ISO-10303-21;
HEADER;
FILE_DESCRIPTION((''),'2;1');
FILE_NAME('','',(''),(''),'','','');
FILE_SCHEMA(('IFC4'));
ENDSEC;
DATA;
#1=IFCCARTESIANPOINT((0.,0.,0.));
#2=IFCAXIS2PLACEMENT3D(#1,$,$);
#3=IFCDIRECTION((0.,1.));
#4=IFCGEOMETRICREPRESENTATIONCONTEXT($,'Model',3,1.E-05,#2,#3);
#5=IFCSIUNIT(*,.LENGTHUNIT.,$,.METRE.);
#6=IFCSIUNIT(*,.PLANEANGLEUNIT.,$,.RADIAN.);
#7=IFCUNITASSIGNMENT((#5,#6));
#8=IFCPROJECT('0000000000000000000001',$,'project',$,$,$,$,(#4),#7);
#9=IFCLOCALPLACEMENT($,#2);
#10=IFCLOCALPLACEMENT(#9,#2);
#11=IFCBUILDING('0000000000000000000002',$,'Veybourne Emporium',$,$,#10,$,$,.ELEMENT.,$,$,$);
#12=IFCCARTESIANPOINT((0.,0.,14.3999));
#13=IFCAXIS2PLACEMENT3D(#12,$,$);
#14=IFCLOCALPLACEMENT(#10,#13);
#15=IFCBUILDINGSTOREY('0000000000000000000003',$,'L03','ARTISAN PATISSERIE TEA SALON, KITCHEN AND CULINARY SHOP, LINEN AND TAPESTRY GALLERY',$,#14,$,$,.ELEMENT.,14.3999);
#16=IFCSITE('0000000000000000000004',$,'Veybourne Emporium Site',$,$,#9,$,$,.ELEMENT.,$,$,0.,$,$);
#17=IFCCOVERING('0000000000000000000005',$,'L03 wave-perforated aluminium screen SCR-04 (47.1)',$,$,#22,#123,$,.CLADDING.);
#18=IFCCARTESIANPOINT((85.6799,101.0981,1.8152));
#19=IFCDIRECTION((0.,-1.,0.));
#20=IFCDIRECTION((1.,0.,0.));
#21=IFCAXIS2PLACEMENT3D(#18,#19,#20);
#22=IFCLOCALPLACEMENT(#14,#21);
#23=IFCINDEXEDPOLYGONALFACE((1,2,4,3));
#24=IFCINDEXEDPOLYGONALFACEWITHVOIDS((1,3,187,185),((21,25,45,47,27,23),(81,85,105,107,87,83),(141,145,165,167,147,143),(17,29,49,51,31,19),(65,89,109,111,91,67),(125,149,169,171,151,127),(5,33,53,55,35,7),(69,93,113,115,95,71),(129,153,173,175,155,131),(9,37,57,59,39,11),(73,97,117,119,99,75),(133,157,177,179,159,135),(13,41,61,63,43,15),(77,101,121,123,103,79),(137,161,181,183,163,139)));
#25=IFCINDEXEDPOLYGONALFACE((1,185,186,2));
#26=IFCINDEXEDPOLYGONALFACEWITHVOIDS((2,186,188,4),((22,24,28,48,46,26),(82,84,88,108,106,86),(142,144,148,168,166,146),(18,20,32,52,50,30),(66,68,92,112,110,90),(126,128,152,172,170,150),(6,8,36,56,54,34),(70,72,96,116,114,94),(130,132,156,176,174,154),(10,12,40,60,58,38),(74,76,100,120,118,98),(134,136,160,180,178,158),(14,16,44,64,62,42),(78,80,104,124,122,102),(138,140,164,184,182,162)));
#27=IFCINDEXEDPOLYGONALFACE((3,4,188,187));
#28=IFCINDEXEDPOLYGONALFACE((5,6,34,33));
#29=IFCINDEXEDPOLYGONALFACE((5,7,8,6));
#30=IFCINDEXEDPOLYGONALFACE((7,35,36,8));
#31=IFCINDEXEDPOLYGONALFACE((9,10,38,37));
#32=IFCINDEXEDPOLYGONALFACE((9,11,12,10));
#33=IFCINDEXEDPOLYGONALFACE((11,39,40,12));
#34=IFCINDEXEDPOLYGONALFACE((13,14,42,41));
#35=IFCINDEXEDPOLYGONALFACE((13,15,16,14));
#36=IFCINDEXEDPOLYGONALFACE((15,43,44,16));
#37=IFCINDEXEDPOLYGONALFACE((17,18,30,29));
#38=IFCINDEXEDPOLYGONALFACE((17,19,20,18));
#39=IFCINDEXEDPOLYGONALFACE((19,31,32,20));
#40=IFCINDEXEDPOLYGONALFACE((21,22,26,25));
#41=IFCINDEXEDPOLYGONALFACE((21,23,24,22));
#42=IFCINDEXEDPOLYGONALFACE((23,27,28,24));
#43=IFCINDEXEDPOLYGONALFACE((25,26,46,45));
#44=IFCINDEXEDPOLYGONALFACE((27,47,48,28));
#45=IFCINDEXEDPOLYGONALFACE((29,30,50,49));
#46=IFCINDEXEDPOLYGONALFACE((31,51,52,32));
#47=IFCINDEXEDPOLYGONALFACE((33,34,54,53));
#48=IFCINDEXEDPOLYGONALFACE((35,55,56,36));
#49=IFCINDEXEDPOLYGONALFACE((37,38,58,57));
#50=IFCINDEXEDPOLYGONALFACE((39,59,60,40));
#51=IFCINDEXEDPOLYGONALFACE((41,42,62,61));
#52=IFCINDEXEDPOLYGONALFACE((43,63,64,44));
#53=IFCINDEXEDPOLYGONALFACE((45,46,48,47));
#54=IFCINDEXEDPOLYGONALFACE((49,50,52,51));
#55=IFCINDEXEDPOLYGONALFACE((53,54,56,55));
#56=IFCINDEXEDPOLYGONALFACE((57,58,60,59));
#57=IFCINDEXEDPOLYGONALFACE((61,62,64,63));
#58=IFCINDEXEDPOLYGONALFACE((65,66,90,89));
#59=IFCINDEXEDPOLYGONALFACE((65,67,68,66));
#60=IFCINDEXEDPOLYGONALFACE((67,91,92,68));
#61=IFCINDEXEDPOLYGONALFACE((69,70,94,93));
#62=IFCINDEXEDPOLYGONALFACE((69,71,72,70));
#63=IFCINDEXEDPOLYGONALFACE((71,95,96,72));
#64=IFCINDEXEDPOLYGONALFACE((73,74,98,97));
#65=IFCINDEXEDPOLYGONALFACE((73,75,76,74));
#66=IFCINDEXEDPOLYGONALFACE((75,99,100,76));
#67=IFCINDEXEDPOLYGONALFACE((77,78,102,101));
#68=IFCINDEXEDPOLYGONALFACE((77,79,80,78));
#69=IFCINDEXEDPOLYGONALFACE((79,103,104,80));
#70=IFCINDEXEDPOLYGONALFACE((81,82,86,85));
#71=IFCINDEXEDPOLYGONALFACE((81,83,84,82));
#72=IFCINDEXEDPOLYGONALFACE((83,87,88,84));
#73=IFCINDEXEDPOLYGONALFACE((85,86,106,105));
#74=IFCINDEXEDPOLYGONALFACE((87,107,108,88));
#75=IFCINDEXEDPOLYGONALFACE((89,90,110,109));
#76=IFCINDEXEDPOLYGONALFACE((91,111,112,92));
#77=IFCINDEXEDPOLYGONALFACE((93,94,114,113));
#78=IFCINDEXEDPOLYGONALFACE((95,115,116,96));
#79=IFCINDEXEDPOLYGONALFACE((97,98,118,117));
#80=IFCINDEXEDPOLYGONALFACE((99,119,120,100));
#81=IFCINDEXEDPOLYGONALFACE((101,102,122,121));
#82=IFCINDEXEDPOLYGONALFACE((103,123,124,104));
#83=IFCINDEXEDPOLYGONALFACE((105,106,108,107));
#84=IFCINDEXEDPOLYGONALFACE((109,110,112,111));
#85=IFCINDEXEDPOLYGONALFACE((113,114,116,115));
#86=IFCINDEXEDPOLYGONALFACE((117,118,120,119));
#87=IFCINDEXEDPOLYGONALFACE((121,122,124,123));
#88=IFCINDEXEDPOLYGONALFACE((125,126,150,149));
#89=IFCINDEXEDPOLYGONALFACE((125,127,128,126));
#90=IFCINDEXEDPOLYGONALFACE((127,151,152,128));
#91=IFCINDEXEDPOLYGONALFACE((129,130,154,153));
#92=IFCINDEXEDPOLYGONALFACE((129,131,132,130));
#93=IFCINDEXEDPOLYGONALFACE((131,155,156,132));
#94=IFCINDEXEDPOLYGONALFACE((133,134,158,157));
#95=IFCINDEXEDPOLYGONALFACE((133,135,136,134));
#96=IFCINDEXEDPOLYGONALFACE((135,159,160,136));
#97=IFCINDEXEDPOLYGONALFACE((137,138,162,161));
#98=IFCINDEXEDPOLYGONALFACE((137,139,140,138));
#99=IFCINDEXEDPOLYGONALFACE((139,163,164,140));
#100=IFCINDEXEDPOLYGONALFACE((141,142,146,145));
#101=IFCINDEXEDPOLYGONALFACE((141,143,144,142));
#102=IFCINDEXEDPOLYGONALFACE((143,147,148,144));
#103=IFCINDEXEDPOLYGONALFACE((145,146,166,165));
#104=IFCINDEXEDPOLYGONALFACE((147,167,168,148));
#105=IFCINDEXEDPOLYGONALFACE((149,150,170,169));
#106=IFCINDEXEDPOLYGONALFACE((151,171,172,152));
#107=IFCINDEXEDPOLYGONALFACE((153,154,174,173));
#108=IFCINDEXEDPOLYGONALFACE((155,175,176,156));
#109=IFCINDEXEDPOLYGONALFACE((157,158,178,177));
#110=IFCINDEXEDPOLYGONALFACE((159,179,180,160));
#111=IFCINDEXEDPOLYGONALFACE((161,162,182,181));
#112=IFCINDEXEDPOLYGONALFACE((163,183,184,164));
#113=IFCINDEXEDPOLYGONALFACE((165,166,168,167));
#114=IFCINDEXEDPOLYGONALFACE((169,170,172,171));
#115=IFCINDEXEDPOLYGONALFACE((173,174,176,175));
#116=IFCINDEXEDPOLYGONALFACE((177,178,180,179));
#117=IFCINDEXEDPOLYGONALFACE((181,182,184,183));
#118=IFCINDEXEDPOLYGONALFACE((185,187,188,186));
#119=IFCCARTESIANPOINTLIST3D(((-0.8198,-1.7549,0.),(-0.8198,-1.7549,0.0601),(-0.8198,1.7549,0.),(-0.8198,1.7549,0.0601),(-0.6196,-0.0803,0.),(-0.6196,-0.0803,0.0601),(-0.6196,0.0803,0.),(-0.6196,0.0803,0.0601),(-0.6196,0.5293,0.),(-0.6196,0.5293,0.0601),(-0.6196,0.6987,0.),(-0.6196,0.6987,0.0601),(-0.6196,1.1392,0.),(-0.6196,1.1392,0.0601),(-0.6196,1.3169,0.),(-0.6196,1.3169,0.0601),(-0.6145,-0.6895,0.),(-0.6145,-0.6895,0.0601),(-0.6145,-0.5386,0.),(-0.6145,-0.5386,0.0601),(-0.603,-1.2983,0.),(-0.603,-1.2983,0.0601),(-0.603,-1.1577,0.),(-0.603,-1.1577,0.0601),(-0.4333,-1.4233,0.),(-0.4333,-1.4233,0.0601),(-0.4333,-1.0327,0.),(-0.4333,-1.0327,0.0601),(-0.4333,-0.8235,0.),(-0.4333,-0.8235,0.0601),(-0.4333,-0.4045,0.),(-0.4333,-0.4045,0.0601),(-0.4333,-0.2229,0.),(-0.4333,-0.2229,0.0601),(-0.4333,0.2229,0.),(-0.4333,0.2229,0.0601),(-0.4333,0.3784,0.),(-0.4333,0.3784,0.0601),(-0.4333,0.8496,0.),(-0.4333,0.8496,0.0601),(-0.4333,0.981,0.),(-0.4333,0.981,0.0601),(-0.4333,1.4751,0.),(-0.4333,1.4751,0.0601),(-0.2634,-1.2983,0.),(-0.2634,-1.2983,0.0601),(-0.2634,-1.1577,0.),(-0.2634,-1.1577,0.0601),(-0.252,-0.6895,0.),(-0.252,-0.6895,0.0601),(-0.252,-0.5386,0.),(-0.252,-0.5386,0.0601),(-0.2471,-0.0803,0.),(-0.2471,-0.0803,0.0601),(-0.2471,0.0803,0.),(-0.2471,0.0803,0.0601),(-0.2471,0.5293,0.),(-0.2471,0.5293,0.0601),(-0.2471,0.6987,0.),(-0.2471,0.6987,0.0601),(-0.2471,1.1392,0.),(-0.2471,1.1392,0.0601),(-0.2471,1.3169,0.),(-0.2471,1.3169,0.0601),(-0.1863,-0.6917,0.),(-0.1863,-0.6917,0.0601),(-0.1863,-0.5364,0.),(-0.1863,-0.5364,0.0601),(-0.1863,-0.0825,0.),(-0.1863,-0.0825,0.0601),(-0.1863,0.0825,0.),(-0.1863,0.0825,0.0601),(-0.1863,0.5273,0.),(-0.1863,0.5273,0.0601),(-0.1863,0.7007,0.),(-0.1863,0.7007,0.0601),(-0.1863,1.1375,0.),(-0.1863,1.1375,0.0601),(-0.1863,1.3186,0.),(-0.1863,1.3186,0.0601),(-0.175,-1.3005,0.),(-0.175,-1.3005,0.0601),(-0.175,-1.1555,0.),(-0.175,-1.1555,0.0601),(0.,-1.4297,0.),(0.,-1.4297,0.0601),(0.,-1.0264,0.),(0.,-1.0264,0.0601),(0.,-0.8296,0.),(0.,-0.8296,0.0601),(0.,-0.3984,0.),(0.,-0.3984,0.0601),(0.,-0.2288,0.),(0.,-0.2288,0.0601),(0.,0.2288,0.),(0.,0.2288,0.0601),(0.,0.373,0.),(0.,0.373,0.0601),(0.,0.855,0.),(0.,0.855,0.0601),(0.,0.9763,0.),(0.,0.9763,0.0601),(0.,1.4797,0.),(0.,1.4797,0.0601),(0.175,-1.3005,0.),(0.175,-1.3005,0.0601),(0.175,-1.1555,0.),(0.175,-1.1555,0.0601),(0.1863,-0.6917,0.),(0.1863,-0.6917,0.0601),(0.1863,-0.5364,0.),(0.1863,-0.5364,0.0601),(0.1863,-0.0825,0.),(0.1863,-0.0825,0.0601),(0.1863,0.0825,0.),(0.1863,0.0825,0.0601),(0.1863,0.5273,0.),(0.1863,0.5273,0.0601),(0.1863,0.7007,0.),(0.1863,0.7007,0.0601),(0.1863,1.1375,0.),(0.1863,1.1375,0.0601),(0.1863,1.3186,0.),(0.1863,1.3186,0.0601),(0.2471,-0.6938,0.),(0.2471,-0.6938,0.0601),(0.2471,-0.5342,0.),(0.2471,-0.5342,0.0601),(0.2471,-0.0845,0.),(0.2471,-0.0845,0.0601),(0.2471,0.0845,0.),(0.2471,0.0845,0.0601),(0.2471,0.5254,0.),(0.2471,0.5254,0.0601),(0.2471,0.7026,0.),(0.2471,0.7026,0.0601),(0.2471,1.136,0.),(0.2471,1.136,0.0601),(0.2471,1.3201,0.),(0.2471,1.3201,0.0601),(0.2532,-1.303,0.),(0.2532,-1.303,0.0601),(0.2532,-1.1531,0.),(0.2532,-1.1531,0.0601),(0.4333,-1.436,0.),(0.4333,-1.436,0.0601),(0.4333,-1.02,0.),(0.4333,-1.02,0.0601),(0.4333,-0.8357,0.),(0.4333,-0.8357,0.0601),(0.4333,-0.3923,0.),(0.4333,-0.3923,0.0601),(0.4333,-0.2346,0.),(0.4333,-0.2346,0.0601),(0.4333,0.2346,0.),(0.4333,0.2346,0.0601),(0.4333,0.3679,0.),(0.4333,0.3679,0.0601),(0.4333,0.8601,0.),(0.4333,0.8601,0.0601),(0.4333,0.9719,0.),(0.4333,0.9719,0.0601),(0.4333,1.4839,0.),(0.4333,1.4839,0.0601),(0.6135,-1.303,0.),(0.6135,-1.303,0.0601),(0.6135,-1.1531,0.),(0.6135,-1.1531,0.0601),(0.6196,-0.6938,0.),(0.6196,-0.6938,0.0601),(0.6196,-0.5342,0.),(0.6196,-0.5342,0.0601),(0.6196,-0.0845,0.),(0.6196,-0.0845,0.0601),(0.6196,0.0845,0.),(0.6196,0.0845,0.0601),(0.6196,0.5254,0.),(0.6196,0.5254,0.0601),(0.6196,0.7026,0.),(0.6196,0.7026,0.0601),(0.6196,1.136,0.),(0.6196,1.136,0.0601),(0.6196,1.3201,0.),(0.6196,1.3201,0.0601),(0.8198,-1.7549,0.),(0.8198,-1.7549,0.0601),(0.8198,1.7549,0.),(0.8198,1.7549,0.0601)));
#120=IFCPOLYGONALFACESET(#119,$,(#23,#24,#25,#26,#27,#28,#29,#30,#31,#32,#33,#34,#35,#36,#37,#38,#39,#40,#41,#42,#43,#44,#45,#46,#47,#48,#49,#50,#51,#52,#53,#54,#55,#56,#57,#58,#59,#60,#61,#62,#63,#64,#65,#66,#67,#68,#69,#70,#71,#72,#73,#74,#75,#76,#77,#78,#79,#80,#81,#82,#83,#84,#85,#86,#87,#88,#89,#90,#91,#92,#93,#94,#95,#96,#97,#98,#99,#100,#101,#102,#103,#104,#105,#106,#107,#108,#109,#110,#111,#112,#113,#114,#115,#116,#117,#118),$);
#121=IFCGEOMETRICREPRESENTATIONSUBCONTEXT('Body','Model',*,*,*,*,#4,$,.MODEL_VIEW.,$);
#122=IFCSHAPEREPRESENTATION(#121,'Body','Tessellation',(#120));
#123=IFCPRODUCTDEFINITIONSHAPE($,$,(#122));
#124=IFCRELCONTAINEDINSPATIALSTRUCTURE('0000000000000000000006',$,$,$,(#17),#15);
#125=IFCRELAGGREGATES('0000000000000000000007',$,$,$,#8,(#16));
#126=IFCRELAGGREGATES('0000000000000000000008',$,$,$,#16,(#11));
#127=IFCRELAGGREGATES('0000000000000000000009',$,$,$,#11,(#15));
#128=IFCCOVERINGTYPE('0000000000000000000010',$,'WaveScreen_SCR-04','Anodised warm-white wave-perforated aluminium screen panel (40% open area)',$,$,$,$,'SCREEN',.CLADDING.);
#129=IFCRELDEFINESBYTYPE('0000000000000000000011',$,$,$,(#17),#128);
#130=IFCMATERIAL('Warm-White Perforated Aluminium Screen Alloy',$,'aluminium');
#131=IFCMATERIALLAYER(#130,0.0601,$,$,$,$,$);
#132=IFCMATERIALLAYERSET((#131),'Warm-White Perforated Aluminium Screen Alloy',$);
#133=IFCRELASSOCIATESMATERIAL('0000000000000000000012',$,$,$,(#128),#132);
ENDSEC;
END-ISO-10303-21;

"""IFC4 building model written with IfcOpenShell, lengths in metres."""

from ifc_helpers import new_model, si_unit, direction, frame, origin, place, context, subcontext, project, spatial, polyline, outline, extrude, material, layer, layer_set, type_object, element, save


model = new_model("IFC4")

# Units and contexts
model_context = context("Model", 3, precision=1e-05, world=origin(), true_north=direction((0.0, 1.0)))
body_context = subcontext(model_context, "Body", "Model", "MODEL_VIEW")
ifc_project = project(units=[si_unit("LENGTHUNIT", "METRE"), si_unit("PLANEANGLEUNIT", "RADIAN")], contexts=[model_context])

# Site, building, storey
site_placement = place(None, origin())
site = spatial("IfcSite", under=ifc_project, at=site_placement, Name="Veybourne Emporium Site", CompositionType="ELEMENT", RefElevation=0.0)
building_placement = place(site_placement, origin())
building = spatial("IfcBuilding", under=site, at=building_placement, Name="Veybourne Emporium", CompositionType="ELEMENT")
storey_placement = place(building_placement, frame((0.0, 0.0, 14.3999)))
storey = spatial("IfcBuildingStorey", under=building, at=storey_placement, Name="L03", Description="ARTISAN PATISSERIE TEA SALON, KITCHEN AND CULINARY SHOP, LINEN AND TAPESTRY GALLERY", CompositionType="ELEMENT", Elevation=14.3999)

# Covering
ifc_material_1 = material(Name="Warm-White Perforated Aluminium Screen Alloy", Category="aluminium")
ifc_layer_1 = layer(ifc_material_1, 0.0601)
ifc_layer_set_1 = layer_set([ifc_layer_1], Name="Warm-White Perforated Aluminium Screen Alloy")
covering_type_1 = type_object("IfcCoveringType", Name="WaveScreen_SCR-04", Description="Anodised warm-white wave-perforated aluminium screen panel (40% open area)", ElementType="SCREEN", PredefinedType="CLADDING", material=ifc_layer_set_1)
covering_1_placement = place(storey_placement, frame((85.6799, 101.0981, 1.8152), z_axis=(0.0, -1.0, 0.0), x_axis=(1.0, 0.0, 0.0)))
element("IfcCovering", 1, at=covering_1_placement, inside=storey, type_object=covering_type_1, Name="L03 wave-perforated aluminium screen SCR-04 (47.1)", PredefinedType="CLADDING", context=body_context, shape_type="SweptSolid", body=[
    extrude(outline(polyline([(-0.8198, -1.7549), (0.8198, -1.7549), (0.8198, 1.7549), (-0.8198, 1.7549), (-0.8198, -1.7549)]), holes=[polyline([(-0.4333, -1.0327), (-0.2634, -1.1577), (-0.2634, -1.2983), (-0.4333, -1.4233), (-0.603, -1.2983), (-0.603, -1.1577), (-0.4333, -1.0327)]), polyline([(-0.4333, -0.4045), (-0.252, -0.5386), (-0.252, -0.6895), (-0.4333, -0.8235), (-0.6145, -0.6895), (-0.6145, -0.5386), (-0.4333, -0.4045)]), polyline([(-0.4333, 0.2229), (-0.2471, 0.0803), (-0.2471, -0.0803), (-0.4333, -0.2229), (-0.6196, -0.0803), (-0.6196, 0.0803), (-0.4333, 0.2229)]), polyline([(-0.4333, 0.8496), (-0.2471, 0.6987), (-0.2471, 0.5293), (-0.4333, 0.3784), (-0.6196, 0.5293), (-0.6196, 0.6987), (-0.4333, 0.8496)]), polyline([(-0.4333, 1.4751), (-0.2471, 1.3169), (-0.2471, 1.1392), (-0.4333, 0.981), (-0.6196, 1.1392), (-0.6196, 1.3169), (-0.4333, 1.4751)]), polyline([(0.0, -1.0264), (0.175, -1.1555), (0.175, -1.3005), (0.0, -1.4297), (-0.175, -1.3005), (-0.175, -1.1555), (0.0, -1.0264)]), polyline([(0.0, -0.3984), (0.1863, -0.5364), (0.1863, -0.6917), (0.0, -0.8296), (-0.1863, -0.6917), (-0.1863, -0.5364), (0.0, -0.3984)]), polyline([(0.0, 0.2288), (0.1863, 0.0825), (0.1863, -0.0825), (0.0, -0.2288), (-0.1863, -0.0825), (-0.1863, 0.0825), (0.0, 0.2288)]), polyline([(0.0, 0.855), (0.1863, 0.7007), (0.1863, 0.5273), (0.0, 0.373), (-0.1863, 0.5273), (-0.1863, 0.7007), (0.0, 0.855)]), polyline([(0.0, 1.4797), (0.1863, 1.3186), (0.1863, 1.1375), (0.0, 0.9763), (-0.1863, 1.1375), (-0.1863, 1.3186), (0.0, 1.4797)]), polyline([(0.4333, -1.02), (0.6135, -1.1531), (0.6135, -1.303), (0.4333, -1.436), (0.2532, -1.303), (0.2532, -1.1531), (0.4333, -1.02)]), polyline([(0.4333, -0.3923), (0.6196, -0.5342), (0.6196, -0.6938), (0.4333, -0.8357), (0.2471, -0.6938), (0.2471, -0.5342), (0.4333, -0.3923)]), polyline([(0.4333, 0.2346), (0.6196, 0.0845), (0.6196, -0.0845), (0.4333, -0.2346), (0.2471, -0.0845), (0.2471, 0.0845), (0.4333, 0.2346)]), polyline([(0.4333, 0.8601), (0.6196, 0.7026), (0.6196, 0.5254), (0.4333, 0.3679), (0.2471, 0.5254), (0.2471, 0.7026), (0.4333, 0.8601)]), polyline([(0.4333, 1.4839), (0.6196, 1.3201), (0.6196, 1.136), (0.4333, 0.9719), (0.2471, 1.136), (0.2471, 1.3201), (0.4333, 1.4839)])]), origin(), (0.0, 0.0, 1.0), 0.0601),
])

save(model, "model.ifc")
